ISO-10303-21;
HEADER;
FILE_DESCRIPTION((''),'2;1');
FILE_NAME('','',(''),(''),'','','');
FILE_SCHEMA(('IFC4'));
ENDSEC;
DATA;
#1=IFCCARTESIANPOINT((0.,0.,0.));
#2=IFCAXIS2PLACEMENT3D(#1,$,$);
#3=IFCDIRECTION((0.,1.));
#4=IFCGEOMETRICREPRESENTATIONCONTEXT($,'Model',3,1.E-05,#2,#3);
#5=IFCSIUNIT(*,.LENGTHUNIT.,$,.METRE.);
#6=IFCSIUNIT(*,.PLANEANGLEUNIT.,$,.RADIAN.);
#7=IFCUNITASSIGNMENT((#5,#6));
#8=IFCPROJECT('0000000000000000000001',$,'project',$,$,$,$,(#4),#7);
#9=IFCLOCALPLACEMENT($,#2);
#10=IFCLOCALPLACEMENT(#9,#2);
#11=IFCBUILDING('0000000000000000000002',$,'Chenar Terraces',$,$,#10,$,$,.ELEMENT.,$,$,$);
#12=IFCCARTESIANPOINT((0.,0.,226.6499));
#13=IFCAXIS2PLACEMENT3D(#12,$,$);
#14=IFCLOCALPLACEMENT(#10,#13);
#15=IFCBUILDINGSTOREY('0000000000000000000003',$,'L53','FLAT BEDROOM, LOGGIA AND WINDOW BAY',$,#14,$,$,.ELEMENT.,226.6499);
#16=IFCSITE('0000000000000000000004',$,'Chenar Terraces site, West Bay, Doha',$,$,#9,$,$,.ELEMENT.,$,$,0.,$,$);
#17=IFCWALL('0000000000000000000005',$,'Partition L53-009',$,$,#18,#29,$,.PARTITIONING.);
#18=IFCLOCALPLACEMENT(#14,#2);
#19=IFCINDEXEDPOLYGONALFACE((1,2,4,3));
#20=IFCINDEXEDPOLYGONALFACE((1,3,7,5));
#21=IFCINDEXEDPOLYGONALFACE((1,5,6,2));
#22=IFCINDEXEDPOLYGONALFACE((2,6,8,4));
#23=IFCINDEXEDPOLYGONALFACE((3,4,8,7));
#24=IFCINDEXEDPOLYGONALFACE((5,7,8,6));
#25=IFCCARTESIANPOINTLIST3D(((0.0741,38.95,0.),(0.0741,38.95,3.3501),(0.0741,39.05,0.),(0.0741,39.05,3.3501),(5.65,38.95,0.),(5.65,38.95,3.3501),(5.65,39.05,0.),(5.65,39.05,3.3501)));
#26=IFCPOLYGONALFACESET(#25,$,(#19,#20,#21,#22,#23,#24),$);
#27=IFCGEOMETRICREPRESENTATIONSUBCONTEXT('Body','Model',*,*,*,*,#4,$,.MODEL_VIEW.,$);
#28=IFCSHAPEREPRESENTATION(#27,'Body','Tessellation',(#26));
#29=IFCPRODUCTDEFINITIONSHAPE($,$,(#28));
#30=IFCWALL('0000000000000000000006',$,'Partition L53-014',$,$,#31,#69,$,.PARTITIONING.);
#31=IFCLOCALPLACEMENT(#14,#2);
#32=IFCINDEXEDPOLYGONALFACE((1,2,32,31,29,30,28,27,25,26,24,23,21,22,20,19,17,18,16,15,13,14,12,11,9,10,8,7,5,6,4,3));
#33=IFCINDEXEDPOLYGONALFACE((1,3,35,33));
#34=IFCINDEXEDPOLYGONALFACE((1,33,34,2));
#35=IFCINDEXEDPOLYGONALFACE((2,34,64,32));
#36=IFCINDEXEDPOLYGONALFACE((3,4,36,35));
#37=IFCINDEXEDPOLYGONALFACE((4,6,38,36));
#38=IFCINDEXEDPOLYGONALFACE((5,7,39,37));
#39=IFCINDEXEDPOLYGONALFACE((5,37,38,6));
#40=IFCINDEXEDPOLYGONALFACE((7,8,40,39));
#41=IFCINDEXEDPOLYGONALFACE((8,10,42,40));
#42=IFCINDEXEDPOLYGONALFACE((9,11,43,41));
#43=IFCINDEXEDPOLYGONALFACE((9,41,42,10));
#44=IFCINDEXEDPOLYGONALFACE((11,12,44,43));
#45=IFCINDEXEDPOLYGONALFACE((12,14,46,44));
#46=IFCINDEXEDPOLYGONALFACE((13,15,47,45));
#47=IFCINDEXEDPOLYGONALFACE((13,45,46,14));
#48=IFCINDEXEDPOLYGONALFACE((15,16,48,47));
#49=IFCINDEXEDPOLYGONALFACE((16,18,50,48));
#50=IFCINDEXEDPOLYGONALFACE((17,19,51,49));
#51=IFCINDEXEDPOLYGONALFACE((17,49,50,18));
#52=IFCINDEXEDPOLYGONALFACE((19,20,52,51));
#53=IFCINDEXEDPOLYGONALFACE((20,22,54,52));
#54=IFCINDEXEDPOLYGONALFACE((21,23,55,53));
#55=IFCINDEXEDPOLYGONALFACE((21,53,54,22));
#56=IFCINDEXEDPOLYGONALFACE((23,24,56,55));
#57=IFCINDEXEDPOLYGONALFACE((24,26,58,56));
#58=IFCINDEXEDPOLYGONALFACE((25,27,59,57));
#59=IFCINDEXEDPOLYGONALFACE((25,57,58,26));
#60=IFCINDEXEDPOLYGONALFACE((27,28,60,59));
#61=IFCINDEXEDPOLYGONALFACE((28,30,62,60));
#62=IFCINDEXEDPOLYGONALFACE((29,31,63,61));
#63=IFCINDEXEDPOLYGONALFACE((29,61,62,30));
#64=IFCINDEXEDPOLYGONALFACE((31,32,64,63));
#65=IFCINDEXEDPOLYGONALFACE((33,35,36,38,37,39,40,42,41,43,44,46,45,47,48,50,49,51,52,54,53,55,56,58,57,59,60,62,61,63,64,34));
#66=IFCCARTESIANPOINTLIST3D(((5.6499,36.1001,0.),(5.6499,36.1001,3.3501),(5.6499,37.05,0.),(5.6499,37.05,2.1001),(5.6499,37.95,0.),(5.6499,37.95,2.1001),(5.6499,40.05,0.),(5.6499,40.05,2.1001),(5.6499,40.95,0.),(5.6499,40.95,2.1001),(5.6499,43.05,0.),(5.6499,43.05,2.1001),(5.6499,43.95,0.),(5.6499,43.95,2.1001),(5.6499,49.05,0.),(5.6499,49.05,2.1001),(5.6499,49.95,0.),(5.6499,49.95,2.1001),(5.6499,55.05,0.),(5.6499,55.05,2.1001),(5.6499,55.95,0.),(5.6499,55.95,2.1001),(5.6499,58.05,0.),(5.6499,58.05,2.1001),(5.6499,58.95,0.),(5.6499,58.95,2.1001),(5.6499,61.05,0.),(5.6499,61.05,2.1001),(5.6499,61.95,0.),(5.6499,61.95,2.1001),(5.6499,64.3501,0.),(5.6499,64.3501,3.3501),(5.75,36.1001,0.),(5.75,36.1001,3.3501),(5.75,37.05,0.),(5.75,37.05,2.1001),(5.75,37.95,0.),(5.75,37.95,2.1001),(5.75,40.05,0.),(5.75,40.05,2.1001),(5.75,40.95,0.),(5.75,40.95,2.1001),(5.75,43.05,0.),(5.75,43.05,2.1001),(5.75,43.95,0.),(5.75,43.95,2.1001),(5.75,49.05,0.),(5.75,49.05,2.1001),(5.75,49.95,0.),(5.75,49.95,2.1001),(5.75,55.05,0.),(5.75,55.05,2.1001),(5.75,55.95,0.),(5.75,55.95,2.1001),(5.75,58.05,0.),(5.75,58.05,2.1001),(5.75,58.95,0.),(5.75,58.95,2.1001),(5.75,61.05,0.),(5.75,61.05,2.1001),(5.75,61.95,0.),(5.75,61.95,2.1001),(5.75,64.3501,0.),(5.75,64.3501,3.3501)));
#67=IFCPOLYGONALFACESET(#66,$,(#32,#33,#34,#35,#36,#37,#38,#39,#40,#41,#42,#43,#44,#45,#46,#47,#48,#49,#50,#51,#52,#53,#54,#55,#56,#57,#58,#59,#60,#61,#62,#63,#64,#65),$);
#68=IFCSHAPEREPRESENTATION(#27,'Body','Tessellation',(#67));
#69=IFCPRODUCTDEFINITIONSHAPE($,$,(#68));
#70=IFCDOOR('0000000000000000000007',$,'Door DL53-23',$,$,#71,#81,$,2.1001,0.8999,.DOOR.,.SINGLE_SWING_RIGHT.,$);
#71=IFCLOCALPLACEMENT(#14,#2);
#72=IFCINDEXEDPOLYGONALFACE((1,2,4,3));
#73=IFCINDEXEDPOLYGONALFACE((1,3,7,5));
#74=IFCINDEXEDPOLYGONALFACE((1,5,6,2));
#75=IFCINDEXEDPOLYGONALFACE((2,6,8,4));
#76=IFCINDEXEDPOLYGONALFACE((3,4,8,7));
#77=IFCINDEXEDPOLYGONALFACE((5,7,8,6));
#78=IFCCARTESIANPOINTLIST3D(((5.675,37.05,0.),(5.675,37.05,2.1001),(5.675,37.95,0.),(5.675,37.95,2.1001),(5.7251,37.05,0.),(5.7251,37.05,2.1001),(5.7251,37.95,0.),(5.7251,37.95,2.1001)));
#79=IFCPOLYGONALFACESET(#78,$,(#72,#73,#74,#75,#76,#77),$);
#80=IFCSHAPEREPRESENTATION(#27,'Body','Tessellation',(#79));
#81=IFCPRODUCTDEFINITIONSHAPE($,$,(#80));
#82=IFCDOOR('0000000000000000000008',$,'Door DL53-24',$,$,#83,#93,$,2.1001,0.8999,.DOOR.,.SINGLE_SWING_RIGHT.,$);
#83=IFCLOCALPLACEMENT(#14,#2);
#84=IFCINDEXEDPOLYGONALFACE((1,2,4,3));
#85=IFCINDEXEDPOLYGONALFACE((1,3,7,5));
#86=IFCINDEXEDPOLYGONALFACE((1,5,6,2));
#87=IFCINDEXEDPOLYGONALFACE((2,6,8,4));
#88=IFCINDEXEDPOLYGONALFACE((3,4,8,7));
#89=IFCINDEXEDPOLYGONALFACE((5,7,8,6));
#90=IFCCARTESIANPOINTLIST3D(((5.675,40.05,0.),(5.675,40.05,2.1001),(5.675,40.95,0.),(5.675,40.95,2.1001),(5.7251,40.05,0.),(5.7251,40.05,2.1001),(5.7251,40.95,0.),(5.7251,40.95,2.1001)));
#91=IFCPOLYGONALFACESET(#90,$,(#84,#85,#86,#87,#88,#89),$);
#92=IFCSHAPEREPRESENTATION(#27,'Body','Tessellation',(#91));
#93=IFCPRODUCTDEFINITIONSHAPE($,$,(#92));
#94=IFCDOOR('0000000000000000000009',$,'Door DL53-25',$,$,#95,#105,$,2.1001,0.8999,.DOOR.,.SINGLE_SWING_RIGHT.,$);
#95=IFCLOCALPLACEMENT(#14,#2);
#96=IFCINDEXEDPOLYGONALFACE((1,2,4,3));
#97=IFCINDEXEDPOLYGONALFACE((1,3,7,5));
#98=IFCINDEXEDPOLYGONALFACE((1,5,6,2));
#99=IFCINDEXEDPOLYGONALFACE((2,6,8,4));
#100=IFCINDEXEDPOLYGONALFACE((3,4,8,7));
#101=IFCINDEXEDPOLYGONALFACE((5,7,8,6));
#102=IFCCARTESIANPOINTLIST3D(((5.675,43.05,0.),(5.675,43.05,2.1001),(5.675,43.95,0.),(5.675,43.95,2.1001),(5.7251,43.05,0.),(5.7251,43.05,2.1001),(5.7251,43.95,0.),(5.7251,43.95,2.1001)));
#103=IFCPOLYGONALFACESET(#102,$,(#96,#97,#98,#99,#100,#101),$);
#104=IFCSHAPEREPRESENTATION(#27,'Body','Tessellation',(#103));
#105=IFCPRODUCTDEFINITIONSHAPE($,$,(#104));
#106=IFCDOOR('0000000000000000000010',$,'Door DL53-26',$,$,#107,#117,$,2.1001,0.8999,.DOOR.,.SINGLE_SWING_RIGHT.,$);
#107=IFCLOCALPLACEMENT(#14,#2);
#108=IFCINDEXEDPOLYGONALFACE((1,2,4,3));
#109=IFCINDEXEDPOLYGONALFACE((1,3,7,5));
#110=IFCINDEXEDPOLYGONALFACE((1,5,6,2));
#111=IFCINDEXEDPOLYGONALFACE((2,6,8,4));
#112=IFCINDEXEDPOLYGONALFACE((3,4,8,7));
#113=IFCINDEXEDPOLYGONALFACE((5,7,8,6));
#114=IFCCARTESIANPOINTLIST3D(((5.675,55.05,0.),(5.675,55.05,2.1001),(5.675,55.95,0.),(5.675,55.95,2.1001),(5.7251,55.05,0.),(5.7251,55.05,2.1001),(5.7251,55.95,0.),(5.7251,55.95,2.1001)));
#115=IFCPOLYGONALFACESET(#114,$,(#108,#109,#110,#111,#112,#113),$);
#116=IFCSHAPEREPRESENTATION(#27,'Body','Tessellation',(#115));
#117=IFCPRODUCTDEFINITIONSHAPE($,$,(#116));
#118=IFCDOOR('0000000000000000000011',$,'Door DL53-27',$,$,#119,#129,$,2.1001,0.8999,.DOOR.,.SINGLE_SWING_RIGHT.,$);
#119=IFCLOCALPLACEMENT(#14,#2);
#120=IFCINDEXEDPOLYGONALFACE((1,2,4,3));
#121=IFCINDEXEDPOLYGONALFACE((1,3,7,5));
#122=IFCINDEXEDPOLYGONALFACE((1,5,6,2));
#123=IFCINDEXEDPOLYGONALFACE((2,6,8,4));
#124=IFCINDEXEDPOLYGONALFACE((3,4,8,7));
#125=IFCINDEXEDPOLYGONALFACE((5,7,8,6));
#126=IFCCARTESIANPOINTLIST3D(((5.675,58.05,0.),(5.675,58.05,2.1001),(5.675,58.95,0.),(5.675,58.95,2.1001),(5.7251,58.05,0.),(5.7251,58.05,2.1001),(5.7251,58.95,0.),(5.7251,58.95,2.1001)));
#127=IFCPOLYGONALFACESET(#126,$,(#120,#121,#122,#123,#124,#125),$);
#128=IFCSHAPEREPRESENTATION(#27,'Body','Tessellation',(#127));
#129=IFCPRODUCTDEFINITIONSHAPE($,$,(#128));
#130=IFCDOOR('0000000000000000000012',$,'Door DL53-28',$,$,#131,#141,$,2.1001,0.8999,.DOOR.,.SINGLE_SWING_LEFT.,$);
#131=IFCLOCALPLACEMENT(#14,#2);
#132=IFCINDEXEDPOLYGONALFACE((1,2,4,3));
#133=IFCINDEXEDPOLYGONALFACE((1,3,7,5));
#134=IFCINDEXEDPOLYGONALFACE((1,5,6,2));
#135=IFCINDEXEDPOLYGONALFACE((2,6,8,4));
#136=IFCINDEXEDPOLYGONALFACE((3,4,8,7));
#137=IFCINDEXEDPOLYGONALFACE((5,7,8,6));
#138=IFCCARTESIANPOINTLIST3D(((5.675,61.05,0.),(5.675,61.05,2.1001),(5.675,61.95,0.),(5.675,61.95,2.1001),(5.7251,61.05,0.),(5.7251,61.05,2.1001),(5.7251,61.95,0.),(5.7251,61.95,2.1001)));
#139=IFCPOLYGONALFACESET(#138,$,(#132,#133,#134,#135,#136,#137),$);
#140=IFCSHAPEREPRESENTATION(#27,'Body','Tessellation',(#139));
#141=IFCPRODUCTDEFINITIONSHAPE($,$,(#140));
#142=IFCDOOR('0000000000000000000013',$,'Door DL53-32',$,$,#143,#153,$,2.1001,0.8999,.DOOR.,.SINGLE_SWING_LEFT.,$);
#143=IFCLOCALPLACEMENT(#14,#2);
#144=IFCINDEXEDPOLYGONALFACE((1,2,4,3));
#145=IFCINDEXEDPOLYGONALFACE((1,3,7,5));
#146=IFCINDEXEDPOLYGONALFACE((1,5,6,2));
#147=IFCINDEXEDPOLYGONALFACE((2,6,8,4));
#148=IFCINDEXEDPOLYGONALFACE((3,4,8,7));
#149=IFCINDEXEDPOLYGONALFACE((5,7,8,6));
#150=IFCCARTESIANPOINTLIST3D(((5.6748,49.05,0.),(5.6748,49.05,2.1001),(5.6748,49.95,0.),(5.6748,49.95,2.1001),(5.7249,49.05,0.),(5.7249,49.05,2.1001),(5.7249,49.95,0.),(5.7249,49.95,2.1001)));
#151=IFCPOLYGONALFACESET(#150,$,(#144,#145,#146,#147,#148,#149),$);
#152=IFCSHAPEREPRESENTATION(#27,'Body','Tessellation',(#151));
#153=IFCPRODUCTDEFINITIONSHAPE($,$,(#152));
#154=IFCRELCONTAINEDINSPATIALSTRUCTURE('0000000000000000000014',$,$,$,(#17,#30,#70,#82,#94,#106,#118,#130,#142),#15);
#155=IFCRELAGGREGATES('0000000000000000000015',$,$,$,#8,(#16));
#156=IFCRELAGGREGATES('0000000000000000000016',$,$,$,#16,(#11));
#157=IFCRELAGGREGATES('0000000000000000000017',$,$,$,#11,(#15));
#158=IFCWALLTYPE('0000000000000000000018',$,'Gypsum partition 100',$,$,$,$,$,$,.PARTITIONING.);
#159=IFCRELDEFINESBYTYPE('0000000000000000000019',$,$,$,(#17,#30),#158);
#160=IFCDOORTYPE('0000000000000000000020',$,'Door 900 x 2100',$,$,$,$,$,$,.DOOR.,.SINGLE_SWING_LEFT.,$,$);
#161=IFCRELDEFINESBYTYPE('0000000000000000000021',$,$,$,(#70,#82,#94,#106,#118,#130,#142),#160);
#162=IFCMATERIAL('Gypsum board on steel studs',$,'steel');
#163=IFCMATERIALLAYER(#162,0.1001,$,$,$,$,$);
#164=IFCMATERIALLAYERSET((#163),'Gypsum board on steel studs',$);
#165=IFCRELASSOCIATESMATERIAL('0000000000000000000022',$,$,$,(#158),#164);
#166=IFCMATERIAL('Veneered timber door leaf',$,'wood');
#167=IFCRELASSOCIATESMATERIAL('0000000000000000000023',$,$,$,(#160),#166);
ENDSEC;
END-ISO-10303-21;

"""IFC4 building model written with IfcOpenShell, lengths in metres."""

from ifc_helpers import new_model, si_unit, direction, frame, frame_2d, origin, place, context, subcontext, project, spatial, rectangle, extrude, material, layer, layer_set, type_object, element, fill, save


model = new_model("IFC4")

# Units and contexts
model_context = context("Model", 3, precision=1e-05, world=origin(), true_north=direction((0.0, 1.0)))
body_context = subcontext(model_context, "Body", "Model", "MODEL_VIEW")
ifc_project = project(units=[si_unit("LENGTHUNIT", "METRE"), si_unit("PLANEANGLEUNIT", "RADIAN")], contexts=[model_context])

# Site, building, storey
site_placement = place(None, origin())
site = spatial("IfcSite", under=ifc_project, at=site_placement, Name="Chenar Terraces site, West Bay, Doha", CompositionType="ELEMENT", RefElevation=0.0)
building_placement = place(site_placement, origin())
building = spatial("IfcBuilding", under=site, at=building_placement, Name="Chenar Terraces", CompositionType="ELEMENT")
storey_placement = place(building_placement, frame((0.0, 0.0, 226.6499)))
storey = spatial("IfcBuildingStorey", under=building, at=storey_placement, Name="L53", Description="FLAT BEDROOM, LOGGIA AND WINDOW BAY", CompositionType="ELEMENT", Elevation=226.6499)

# Wall
ifc_material_1 = material(Name="Gypsum board on steel studs", Category="steel")
ifc_layer_1 = layer(ifc_material_1, 0.1001)
ifc_layer_set_1 = layer_set([ifc_layer_1], Name="Gypsum board on steel studs")
wall_type_1 = type_object("IfcWallType", Name="Gypsum partition 100", PredefinedType="PARTITIONING", material=ifc_layer_set_1)
wall_1_placement = place(storey_placement, frame((0.074, 39.0, 0.0), z_axis=(0.0, 0.0, 1.0), x_axis=(1.0, 0.0, 0.0)))
element("IfcWall", 1, at=wall_1_placement, inside=storey, type_object=wall_type_1, Name="Partition L53-009", PredefinedType="PARTITIONING", context=body_context, shape_type="SweptSolid", body=[
    extrude(rectangle(XDim=5.5759, YDim=0.1001, at=frame_2d((2.7881, 0.0))), origin(), (0.0, 0.0, 1.0), 3.3501),
])

# Wall, openings, doors
wall_2_placement = place(storey_placement, frame((5.7, 36.1001, 0.0), z_axis=(0.0, 0.0, 1.0), x_axis=(0.0, 1.0, 0.0)))
wall_2 = element("IfcWall", 2, at=wall_2_placement, inside=storey, type_object=wall_type_1, Name="Partition L53-014", PredefinedType="PARTITIONING", context=body_context, shape_type="SweptSolid", body=[
    extrude(rectangle(XDim=28.25, YDim=0.1001, at=frame_2d((14.125, 0.0))), origin(), (0.0, 0.0, 1.0), 3.3501),
])
opening_1_placement = place(wall_2_placement, frame((0.95, 0.0, 0.0)))
opening_1 = element("IfcOpeningElement", 3, at=opening_1_placement, cuts=wall_2, PredefinedType="OPENING", context=body_context, shape_type="SweptSolid", body=[
    extrude(rectangle(XDim=0.8999, YDim=2.1001, at=frame_2d((0.45, 1.05))), frame((0.0, 0.0601, 0.0), z_axis=(0.0, -1.0, 0.0), x_axis=(1.0, 0.0, 0.0)), (0.0, 0.0, 1.0), 0.1201),
])
opening_2_placement = place(wall_2_placement, frame((3.95, 0.0, 0.0)))
opening_2 = element("IfcOpeningElement", 4, at=opening_2_placement, cuts=wall_2, PredefinedType="OPENING", context=body_context, shape_type="SweptSolid", body=[
    extrude(rectangle(XDim=0.8999, YDim=2.1001, at=frame_2d((0.45, 1.05))), frame((0.0, 0.0601, 0.0), z_axis=(0.0, -1.0, 0.0), x_axis=(1.0, 0.0, 0.0)), (0.0, 0.0, 1.0), 0.1201),
])
opening_3_placement = place(wall_2_placement, frame((6.95, 0.0, 0.0)))
opening_3 = element("IfcOpeningElement", 5, at=opening_3_placement, cuts=wall_2, PredefinedType="OPENING", context=body_context, shape_type="SweptSolid", body=[
    extrude(rectangle(XDim=0.8999, YDim=2.1001, at=frame_2d((0.45, 1.05))), frame((0.0, 0.0601, 0.0), z_axis=(0.0, -1.0, 0.0), x_axis=(1.0, 0.0, 0.0)), (0.0, 0.0, 1.0), 0.1201),
])
opening_4_placement = place(wall_2_placement, frame((18.95, 0.0, 0.0)))
opening_4 = element("IfcOpeningElement", 6, at=opening_4_placement, cuts=wall_2, PredefinedType="OPENING", context=body_context, shape_type="SweptSolid", body=[
    extrude(rectangle(XDim=0.8999, YDim=2.1001, at=frame_2d((0.45, 1.05))), frame((0.0, 0.0601, 0.0), z_axis=(0.0, -1.0, 0.0), x_axis=(1.0, 0.0, 0.0)), (0.0, 0.0, 1.0), 0.1201),
])
opening_5_placement = place(wall_2_placement, frame((21.95, 0.0, 0.0)))
opening_5 = element("IfcOpeningElement", 7, at=opening_5_placement, cuts=wall_2, PredefinedType="OPENING", context=body_context, shape_type="SweptSolid", body=[
    extrude(rectangle(XDim=0.8999, YDim=2.1001, at=frame_2d((0.45, 1.05))), frame((0.0, 0.0601, 0.0), z_axis=(0.0, -1.0, 0.0), x_axis=(1.0, 0.0, 0.0)), (0.0, 0.0, 1.0), 0.1201),
])
opening_6_placement = place(wall_2_placement, frame((24.95, 0.0, 0.0)))
opening_6 = element("IfcOpeningElement", 8, at=opening_6_placement, cuts=wall_2, PredefinedType="OPENING", context=body_context, shape_type="SweptSolid", body=[
    extrude(rectangle(XDim=0.8999, YDim=2.1001, at=frame_2d((0.45, 1.05))), frame((0.0, 0.0601, 0.0), z_axis=(0.0, -1.0, 0.0), x_axis=(1.0, 0.0, 0.0)), (0.0, 0.0, 1.0), 0.1201),
])
opening_7_placement = place(wall_2_placement, frame((12.95, 0.0, 0.0)))
opening_7 = element("IfcOpeningElement", 9, at=opening_7_placement, cuts=wall_2, PredefinedType="OPENING", context=body_context, shape_type="SweptSolid", body=[
    extrude(rectangle(XDim=0.8999, YDim=2.1001, at=frame_2d((0.45, 1.05))), frame((0.0, 0.0601, 0.0), z_axis=(0.0, -1.0, 0.0), x_axis=(1.0, 0.0, 0.0)), (0.0, 0.0, 1.0), 0.1201),
])
ifc_material_2 = material(Name="Veneered timber door leaf", Category="wood")
door_type_1 = type_object("IfcDoorType", Name="Door 900 x 2100", OperationType="SINGLE_SWING_LEFT", PredefinedType="DOOR", material=ifc_material_2)
door_1_placement = place(opening_1_placement, origin())
door_1 = element("IfcDoor", 10, at=door_1_placement, inside=storey, type_object=door_type_1, Name="Door DL53-23", OperationType="SINGLE_SWING_RIGHT", OverallHeight=2.1001, OverallWidth=0.8999, PredefinedType="DOOR", context=body_context, shape_type="SweptSolid", body=[
    extrude(rectangle(XDim=0.8999, YDim=2.1001, at=frame_2d((0.45, 1.05))), frame((0.0, 0.0249, 0.0), z_axis=(0.0, -1.0, 0.0), x_axis=(1.0, 0.0, 0.0)), (0.0, 0.0, 1.0), 0.05),
])
fill(opening_1, door_1)
door_2_placement = place(opening_2_placement, origin())
door_2 = element("IfcDoor", 11, at=door_2_placement, inside=storey, type_object=door_type_1, Name="Door DL53-24", OperationType="SINGLE_SWING_RIGHT", OverallHeight=2.1001, OverallWidth=0.8999, PredefinedType="DOOR", context=body_context, shape_type="SweptSolid", body=[
    extrude(rectangle(XDim=0.8999, YDim=2.1001, at=frame_2d((0.45, 1.05))), frame((0.0, 0.0249, 0.0), z_axis=(0.0, -1.0, 0.0), x_axis=(1.0, 0.0, 0.0)), (0.0, 0.0, 1.0), 0.05),
])
fill(opening_2, door_2)
door_3_placement = place(opening_3_placement, origin())
door_3 = element("IfcDoor", 12, at=door_3_placement, inside=storey, type_object=door_type_1, Name="Door DL53-25", OperationType="SINGLE_SWING_RIGHT", OverallHeight=2.1001, OverallWidth=0.8999, PredefinedType="DOOR", context=body_context, shape_type="SweptSolid", body=[
    extrude(rectangle(XDim=0.8999, YDim=2.1001, at=frame_2d((0.45, 1.05))), frame((0.0, 0.0249, 0.0), z_axis=(0.0, -1.0, 0.0), x_axis=(1.0, 0.0, 0.0)), (0.0, 0.0, 1.0), 0.05),
])
fill(opening_3, door_3)
door_4_placement = place(opening_4_placement, origin())
door_4 = element("IfcDoor", 13, at=door_4_placement, inside=storey, type_object=door_type_1, Name="Door DL53-26", OperationType="SINGLE_SWING_RIGHT", OverallHeight=2.1001, OverallWidth=0.8999, PredefinedType="DOOR", context=body_context, shape_type="SweptSolid", body=[
    extrude(rectangle(XDim=0.8999, YDim=2.1001, at=frame_2d((0.45, 1.05))), frame((0.0, 0.0249, 0.0), z_axis=(0.0, -1.0, 0.0), x_axis=(1.0, 0.0, 0.0)), (0.0, 0.0, 1.0), 0.05),
])
fill(opening_4, door_4)
door_5_placement = place(opening_5_placement, origin())
door_5 = element("IfcDoor", 14, at=door_5_placement, inside=storey, type_object=door_type_1, Name="Door DL53-27", OperationType="SINGLE_SWING_RIGHT", OverallHeight=2.1001, OverallWidth=0.8999, PredefinedType="DOOR", context=body_context, shape_type="SweptSolid", body=[
    extrude(rectangle(XDim=0.8999, YDim=2.1001, at=frame_2d((0.45, 1.05))), frame((0.0, 0.0249, 0.0), z_axis=(0.0, -1.0, 0.0), x_axis=(1.0, 0.0, 0.0)), (0.0, 0.0, 1.0), 0.05),
])
fill(opening_5, door_5)
door_6_placement = place(opening_6_placement, origin())
door_6 = element("IfcDoor", 15, at=door_6_placement, inside=storey, type_object=door_type_1, Name="Door DL53-28", OperationType="SINGLE_SWING_LEFT", OverallHeight=2.1001, OverallWidth=0.8999, PredefinedType="DOOR", context=body_context, shape_type="SweptSolid", body=[
    extrude(rectangle(XDim=0.8999, YDim=2.1001, at=frame_2d((0.45, 1.05))), frame((0.0, 0.0249, 0.0), z_axis=(0.0, -1.0, 0.0), x_axis=(1.0, 0.0, 0.0)), (0.0, 0.0, 1.0), 0.05),
])
fill(opening_6, door_6)
door_7_placement = place(opening_7_placement, frame((0.8999, 0.0, 0.0), z_axis=(0.0, 0.0, 1.0), x_axis=(-1.0, 0.0, 0.0)))
door_7 = element("IfcDoor", 16, at=door_7_placement, inside=storey, type_object=door_type_1, Name="Door DL53-32", OperationType="SINGLE_SWING_LEFT", OverallHeight=2.1001, OverallWidth=0.8999, PredefinedType="DOOR", context=body_context, shape_type="SweptSolid", body=[
    extrude(rectangle(XDim=0.8999, YDim=2.1001, at=frame_2d((0.45, 1.05))), frame((0.0, 0.0249, 0.0), z_axis=(0.0, -1.0, 0.0), x_axis=(1.0, 0.0, 0.0)), (0.0, 0.0, 1.0), 0.05),
])
fill(opening_7, door_7)

save(model, "model.ifc")
